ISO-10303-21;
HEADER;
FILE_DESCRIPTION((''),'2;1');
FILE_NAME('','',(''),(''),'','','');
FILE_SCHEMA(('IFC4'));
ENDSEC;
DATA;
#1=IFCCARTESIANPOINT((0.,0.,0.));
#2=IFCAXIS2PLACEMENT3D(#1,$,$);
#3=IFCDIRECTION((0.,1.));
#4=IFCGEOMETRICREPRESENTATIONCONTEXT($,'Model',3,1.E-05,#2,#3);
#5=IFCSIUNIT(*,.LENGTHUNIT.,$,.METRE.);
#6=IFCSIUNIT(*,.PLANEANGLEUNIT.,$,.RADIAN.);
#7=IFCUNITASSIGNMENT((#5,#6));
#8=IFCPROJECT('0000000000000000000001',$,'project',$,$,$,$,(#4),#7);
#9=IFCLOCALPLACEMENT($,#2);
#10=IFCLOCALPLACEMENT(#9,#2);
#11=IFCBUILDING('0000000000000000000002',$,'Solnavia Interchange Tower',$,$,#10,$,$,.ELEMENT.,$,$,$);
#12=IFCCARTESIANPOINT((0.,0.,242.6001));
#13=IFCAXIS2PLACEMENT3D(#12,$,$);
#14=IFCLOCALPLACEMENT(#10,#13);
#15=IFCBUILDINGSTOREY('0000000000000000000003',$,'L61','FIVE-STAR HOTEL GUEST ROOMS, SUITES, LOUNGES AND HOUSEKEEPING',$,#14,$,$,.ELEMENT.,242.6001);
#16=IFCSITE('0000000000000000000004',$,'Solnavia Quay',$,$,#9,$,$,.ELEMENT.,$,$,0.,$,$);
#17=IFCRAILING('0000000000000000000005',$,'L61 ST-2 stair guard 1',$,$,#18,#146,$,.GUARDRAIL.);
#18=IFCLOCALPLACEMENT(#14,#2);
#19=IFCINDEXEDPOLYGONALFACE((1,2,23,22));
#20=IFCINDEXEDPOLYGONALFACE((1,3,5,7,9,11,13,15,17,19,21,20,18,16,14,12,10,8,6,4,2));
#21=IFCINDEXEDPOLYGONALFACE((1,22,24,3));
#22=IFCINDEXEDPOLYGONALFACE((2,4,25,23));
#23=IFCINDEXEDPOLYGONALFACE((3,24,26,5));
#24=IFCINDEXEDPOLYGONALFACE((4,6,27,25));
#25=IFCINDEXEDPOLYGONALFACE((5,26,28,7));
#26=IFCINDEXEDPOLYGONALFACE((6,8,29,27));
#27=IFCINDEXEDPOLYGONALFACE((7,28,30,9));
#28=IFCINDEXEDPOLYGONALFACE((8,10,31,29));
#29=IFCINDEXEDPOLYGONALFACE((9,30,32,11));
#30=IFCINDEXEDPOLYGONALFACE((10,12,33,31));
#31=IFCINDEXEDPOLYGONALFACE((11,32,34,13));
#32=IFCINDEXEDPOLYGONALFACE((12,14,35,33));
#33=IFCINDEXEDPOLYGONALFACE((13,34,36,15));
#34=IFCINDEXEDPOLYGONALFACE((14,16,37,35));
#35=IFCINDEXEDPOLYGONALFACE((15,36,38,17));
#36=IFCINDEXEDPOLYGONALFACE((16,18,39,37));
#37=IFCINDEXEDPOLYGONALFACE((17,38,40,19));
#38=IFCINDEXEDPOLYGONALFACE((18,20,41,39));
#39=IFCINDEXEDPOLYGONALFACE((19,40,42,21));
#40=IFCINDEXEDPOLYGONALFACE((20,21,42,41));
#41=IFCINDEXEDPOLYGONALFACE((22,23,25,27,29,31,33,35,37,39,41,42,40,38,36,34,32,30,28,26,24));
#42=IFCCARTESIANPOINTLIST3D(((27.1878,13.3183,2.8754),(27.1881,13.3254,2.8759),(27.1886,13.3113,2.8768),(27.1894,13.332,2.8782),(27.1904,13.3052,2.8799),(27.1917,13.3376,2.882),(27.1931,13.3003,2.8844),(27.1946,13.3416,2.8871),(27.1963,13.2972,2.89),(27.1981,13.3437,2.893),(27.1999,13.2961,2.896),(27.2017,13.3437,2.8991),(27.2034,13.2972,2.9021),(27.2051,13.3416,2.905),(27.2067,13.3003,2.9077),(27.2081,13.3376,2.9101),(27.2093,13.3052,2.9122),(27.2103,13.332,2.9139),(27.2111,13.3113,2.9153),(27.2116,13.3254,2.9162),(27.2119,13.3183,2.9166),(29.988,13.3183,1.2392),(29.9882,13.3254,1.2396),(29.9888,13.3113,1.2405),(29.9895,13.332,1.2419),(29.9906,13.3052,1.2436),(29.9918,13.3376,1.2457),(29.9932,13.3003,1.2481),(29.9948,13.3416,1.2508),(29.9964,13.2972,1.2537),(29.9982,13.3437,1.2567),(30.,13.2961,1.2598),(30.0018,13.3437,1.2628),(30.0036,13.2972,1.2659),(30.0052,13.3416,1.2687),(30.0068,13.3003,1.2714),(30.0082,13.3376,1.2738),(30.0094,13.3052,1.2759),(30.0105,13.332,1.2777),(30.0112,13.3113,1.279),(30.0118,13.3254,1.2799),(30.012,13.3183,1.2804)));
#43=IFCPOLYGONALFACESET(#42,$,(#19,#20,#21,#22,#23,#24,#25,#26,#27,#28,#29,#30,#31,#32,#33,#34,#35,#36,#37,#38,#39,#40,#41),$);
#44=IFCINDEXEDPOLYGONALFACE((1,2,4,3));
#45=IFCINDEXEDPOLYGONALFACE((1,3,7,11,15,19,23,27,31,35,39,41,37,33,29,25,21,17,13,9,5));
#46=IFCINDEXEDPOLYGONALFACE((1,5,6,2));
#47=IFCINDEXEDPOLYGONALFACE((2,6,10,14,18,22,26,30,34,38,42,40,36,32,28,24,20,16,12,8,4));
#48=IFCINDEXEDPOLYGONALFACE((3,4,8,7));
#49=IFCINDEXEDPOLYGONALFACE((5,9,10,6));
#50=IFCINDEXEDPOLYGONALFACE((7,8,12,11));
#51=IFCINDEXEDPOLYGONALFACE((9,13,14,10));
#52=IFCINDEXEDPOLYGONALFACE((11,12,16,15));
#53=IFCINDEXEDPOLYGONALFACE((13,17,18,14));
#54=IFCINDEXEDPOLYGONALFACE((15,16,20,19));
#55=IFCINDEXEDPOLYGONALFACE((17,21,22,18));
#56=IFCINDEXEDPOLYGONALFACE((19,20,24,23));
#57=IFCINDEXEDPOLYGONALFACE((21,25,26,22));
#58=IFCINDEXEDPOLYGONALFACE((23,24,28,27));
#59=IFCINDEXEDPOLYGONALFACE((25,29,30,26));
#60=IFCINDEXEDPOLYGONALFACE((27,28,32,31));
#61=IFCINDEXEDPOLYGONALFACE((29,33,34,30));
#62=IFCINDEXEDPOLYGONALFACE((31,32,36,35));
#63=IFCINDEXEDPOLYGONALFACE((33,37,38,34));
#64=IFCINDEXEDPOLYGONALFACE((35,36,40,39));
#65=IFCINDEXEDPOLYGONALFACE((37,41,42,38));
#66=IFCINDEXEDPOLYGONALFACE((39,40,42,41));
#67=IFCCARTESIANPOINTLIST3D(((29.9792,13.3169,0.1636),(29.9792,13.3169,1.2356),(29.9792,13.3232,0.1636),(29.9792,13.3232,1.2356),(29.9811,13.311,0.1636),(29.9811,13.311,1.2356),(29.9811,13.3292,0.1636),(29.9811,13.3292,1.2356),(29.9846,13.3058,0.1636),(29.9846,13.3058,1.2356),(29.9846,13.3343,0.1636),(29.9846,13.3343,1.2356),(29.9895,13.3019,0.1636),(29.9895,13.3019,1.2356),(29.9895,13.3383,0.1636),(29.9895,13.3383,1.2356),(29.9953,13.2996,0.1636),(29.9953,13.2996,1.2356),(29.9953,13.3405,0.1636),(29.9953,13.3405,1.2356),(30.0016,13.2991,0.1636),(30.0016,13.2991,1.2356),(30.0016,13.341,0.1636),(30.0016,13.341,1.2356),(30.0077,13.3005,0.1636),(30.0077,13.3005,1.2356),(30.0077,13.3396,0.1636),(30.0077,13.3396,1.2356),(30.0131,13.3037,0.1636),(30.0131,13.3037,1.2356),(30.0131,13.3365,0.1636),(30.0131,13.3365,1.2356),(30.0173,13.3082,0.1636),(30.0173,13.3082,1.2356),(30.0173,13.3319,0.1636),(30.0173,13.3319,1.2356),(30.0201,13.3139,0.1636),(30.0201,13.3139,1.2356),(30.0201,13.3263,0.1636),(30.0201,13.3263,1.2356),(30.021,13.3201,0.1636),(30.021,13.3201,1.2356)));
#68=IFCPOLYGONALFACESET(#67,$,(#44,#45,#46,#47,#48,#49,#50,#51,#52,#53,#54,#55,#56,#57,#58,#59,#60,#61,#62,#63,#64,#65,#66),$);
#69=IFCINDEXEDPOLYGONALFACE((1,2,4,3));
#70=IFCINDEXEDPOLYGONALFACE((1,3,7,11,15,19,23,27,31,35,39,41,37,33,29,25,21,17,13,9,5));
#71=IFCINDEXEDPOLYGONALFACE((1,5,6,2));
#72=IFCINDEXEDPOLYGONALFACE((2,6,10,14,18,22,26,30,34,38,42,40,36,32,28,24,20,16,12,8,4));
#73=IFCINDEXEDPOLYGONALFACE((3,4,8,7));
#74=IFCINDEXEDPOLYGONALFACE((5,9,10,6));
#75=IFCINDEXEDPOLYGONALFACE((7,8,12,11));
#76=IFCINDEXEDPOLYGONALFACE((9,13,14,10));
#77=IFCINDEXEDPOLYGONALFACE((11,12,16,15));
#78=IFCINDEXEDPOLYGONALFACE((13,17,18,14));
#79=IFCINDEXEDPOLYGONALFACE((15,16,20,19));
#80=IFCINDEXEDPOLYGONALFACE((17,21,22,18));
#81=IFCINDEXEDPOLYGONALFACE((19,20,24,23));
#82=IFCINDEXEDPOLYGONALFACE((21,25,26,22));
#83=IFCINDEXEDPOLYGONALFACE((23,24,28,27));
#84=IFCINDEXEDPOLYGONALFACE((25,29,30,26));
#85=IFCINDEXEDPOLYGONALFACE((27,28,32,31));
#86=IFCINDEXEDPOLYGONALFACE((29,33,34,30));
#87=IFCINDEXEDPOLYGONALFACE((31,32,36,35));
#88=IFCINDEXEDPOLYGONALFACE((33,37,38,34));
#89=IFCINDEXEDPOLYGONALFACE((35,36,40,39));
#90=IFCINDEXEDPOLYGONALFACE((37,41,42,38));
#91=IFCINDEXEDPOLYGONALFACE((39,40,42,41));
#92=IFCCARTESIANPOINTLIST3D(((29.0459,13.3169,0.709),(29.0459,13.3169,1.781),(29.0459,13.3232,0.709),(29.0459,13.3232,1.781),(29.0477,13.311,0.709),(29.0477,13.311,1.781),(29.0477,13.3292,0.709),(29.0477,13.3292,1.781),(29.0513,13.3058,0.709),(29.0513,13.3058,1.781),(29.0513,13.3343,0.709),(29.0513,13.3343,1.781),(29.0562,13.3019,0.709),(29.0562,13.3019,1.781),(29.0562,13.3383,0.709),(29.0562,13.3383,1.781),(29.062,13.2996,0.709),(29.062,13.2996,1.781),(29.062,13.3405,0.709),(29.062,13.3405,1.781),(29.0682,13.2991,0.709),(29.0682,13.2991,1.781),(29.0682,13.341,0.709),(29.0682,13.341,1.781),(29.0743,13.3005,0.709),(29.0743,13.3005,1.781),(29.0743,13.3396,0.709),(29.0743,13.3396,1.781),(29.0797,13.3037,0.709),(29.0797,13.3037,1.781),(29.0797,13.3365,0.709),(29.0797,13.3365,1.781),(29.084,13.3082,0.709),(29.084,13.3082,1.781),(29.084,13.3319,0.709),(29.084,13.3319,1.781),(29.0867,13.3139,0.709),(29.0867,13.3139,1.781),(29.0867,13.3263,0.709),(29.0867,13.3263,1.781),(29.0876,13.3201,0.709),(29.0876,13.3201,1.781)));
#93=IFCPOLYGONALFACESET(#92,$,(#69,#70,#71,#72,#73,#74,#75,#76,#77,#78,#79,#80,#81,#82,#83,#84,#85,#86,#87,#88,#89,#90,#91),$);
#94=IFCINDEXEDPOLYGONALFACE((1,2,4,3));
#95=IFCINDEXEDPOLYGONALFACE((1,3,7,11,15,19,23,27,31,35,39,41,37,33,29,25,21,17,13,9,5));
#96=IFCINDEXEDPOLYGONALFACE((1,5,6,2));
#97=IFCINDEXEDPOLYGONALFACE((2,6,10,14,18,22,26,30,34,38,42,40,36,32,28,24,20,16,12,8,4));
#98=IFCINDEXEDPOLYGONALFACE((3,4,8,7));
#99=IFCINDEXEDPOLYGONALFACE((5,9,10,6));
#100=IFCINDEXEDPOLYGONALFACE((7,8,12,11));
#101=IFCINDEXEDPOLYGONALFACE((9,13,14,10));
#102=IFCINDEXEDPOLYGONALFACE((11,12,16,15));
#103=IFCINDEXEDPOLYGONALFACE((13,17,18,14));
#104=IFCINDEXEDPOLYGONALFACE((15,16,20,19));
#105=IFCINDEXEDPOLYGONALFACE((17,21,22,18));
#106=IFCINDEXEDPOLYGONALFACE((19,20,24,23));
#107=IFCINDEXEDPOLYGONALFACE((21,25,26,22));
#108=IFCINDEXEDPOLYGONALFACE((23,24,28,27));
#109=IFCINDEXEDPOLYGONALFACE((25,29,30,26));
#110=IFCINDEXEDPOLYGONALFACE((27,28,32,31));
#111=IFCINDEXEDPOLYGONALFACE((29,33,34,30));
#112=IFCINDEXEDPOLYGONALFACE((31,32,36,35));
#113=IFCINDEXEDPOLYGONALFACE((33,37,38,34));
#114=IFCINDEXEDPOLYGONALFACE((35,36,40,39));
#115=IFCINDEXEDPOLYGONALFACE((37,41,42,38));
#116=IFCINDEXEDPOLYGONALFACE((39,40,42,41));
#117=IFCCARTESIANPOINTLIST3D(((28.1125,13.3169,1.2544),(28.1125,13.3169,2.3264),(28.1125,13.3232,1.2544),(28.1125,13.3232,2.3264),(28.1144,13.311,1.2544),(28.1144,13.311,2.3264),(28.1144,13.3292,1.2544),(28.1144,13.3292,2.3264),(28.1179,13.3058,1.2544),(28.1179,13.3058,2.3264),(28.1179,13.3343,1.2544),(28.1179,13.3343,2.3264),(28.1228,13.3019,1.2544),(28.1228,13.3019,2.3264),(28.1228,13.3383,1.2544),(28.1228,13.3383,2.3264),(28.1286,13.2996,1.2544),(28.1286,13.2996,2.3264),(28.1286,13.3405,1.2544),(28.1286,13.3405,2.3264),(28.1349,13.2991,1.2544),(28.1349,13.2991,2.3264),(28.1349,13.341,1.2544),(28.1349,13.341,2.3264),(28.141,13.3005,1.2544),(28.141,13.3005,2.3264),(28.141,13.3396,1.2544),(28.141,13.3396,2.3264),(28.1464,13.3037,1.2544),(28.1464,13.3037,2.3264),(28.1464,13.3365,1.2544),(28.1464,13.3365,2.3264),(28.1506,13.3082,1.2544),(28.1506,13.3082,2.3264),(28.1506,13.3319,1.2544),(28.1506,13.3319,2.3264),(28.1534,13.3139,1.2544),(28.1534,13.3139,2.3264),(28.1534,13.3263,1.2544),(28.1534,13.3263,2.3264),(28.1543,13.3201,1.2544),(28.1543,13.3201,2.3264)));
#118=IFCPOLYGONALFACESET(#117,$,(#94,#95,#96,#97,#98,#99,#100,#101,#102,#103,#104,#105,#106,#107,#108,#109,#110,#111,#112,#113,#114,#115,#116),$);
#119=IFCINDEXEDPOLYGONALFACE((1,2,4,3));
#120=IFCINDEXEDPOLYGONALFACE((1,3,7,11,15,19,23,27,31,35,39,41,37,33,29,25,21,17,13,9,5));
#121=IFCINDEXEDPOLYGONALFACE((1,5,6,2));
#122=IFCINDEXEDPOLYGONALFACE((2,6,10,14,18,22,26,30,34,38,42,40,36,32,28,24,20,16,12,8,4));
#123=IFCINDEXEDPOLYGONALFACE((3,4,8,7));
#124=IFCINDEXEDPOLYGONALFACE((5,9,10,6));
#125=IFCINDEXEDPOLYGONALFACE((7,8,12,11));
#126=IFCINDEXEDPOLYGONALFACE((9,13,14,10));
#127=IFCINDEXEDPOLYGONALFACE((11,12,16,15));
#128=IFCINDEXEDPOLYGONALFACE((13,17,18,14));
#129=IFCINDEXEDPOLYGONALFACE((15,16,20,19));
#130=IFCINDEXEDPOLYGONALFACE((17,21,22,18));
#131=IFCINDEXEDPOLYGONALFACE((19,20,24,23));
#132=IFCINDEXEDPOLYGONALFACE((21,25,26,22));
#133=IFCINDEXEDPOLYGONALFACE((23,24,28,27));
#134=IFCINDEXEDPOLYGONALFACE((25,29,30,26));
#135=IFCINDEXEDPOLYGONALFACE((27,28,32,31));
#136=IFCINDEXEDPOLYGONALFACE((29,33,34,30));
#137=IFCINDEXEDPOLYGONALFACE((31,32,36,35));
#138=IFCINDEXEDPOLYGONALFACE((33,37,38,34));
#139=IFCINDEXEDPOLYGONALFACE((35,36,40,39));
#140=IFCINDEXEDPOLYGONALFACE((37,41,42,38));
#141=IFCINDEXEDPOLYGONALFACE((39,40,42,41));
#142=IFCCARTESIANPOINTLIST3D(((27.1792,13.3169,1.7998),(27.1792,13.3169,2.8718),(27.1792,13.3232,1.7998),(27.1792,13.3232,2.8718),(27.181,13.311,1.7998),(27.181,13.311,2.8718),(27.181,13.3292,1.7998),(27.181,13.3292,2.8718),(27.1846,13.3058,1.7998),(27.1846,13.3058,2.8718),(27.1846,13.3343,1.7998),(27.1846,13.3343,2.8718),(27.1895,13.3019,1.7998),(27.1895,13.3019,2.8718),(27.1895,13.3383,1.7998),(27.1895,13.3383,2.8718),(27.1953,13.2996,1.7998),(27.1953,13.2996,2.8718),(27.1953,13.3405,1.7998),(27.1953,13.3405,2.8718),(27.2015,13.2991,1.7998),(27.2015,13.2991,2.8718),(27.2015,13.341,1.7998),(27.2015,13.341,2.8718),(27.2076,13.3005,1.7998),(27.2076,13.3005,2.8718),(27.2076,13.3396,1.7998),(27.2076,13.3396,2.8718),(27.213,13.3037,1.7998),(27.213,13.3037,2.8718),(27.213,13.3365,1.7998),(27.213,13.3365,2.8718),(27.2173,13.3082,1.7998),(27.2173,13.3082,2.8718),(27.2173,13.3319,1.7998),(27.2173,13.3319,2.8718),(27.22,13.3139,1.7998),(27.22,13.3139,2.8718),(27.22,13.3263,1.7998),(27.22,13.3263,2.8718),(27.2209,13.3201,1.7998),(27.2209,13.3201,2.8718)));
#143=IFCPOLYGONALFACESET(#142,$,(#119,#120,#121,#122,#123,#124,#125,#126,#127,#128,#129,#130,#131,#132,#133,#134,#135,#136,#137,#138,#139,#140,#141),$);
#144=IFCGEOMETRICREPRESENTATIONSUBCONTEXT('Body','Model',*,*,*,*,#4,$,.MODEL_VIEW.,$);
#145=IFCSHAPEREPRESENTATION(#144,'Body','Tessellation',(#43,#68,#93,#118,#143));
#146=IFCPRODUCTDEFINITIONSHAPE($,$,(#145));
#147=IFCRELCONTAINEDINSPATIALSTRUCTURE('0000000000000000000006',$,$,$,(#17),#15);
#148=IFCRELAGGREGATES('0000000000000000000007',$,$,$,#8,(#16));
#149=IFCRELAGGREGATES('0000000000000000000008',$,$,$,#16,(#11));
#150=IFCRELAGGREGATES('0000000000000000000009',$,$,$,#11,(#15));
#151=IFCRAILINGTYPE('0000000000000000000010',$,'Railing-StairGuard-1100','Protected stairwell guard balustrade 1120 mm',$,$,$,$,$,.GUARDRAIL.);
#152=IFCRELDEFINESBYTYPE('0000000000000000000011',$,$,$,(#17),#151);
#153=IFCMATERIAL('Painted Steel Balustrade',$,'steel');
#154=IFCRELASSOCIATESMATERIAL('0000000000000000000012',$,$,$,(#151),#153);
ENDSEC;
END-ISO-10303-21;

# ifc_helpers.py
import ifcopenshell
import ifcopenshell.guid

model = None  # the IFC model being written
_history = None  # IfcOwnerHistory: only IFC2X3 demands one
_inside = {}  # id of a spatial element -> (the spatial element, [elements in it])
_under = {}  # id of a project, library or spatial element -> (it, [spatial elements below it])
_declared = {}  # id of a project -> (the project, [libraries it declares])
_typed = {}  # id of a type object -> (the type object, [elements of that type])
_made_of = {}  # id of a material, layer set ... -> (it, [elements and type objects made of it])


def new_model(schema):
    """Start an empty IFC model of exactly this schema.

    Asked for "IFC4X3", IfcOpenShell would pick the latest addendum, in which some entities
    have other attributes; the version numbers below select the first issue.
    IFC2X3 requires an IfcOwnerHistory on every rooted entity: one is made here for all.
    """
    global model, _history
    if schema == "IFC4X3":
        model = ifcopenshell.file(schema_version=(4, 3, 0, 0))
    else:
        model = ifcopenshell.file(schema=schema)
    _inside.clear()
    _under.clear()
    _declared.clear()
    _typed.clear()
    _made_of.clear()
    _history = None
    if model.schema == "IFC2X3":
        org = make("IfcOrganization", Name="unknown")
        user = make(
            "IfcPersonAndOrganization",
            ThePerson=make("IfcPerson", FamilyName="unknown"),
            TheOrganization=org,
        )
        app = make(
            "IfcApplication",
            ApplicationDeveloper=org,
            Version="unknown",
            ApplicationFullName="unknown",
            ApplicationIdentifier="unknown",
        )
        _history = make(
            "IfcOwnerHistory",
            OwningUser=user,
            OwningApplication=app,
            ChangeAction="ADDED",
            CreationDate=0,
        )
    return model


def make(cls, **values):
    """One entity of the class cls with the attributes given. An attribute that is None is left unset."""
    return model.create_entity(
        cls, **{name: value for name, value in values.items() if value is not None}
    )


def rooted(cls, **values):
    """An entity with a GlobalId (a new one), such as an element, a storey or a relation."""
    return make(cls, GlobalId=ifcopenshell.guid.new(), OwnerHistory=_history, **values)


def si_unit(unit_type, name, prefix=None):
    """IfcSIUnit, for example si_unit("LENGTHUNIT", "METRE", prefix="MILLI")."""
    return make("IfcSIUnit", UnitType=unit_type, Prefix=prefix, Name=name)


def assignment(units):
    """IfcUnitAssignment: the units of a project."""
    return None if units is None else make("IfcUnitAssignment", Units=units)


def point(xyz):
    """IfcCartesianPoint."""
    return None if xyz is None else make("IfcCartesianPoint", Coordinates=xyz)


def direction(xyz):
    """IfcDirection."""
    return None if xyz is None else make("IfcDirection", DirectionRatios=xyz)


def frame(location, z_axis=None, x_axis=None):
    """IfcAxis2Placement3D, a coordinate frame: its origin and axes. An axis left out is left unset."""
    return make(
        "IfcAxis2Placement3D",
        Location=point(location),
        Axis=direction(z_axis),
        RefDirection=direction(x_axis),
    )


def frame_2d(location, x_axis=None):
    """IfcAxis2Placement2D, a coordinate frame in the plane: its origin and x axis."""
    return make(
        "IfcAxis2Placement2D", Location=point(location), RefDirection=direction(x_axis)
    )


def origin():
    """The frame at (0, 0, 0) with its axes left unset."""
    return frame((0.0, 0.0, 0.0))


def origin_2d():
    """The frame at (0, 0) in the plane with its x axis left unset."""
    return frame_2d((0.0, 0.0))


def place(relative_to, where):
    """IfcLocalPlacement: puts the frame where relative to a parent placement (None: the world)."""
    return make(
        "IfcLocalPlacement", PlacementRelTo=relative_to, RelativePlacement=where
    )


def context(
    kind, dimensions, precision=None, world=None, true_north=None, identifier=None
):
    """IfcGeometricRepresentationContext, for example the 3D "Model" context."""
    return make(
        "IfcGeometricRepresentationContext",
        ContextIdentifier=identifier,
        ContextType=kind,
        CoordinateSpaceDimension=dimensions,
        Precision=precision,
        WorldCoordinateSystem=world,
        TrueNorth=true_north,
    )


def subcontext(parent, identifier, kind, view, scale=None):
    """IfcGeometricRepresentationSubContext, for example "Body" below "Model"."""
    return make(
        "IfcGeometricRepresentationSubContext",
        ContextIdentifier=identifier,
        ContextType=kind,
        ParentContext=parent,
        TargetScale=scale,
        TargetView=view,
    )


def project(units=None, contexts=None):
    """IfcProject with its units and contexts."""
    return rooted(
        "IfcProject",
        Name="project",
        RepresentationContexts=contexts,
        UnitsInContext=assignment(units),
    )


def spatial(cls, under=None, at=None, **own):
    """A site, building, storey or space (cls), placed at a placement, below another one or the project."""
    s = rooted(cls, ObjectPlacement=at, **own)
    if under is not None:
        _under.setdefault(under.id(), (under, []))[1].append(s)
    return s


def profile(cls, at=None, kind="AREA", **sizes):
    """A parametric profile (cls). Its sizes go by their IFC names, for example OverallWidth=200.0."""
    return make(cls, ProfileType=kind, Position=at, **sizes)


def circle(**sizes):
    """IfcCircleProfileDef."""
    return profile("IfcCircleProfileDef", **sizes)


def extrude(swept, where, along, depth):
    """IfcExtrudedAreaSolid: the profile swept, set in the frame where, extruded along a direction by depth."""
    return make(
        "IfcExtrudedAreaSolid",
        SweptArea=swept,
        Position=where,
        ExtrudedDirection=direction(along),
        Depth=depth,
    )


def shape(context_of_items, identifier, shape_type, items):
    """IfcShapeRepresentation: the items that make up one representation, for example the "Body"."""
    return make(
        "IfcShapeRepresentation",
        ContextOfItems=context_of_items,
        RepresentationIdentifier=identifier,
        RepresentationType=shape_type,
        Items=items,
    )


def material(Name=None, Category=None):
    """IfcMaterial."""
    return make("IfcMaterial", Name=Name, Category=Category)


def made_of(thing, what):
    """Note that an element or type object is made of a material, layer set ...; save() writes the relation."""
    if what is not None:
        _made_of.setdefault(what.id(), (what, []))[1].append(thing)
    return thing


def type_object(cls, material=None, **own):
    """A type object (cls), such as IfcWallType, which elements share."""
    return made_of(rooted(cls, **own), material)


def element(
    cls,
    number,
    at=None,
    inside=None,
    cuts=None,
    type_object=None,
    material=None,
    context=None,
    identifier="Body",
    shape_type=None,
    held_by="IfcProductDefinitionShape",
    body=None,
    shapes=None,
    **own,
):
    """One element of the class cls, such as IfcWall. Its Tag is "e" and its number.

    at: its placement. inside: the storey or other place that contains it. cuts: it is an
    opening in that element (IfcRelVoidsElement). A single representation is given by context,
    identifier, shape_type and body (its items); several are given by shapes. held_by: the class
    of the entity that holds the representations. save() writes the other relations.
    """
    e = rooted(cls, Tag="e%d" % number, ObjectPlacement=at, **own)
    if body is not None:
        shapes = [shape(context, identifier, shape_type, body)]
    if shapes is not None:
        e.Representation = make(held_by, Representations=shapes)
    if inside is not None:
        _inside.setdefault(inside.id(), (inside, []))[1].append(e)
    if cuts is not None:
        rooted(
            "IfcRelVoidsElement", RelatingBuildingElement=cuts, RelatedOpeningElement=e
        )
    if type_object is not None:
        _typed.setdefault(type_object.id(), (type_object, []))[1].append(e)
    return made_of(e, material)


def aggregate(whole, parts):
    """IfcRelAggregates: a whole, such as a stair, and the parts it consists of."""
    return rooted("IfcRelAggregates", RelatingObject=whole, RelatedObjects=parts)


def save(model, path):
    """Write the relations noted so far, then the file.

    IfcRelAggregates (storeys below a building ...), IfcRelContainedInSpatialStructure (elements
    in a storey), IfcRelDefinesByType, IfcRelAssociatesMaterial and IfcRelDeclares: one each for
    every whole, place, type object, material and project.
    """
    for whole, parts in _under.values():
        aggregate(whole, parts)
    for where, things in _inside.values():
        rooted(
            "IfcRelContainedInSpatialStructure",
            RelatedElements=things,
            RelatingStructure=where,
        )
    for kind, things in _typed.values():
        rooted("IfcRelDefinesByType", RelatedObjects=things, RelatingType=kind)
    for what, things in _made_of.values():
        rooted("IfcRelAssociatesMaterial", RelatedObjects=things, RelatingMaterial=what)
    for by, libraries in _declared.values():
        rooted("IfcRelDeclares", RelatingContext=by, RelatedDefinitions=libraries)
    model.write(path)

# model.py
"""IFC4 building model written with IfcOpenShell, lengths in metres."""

from ifc_helpers import new_model, si_unit, direction, frame, origin, origin_2d, place, context, subcontext, project, spatial, circle, extrude, material, type_object, element, save


model = new_model("IFC4")

# Units and contexts
model_context = context("Model", 3, precision=1e-05, world=origin(), true_north=direction((0.0, 1.0)))
body_context = subcontext(model_context, "Body", "Model", "MODEL_VIEW")
ifc_project = project(units=[si_unit("LENGTHUNIT", "METRE"), si_unit("PLANEANGLEUNIT", "RADIAN")], contexts=[model_context])

# Site, building, storey
site_placement = place(None, origin())
site = spatial("IfcSite", under=ifc_project, at=site_placement, Name="Solnavia Quay", CompositionType="ELEMENT", RefElevation=0.0)
building_placement = place(site_placement, origin())
building = spatial("IfcBuilding", under=site, at=building_placement, Name="Solnavia Interchange Tower", CompositionType="ELEMENT")
storey_placement = place(building_placement, frame((0.0, 0.0, 242.6001)))
storey = spatial("IfcBuildingStorey", under=building, at=storey_placement, Name="L61", Description="FIVE-STAR HOTEL GUEST ROOMS, SUITES, LOUNGES AND HOUSEKEEPING", CompositionType="ELEMENT", Elevation=242.6001)

# Railing
ifc_material_1 = material(Name="Painted Steel Balustrade", Category="steel")
railing_type_1 = type_object("IfcRailingType", Name="Railing-StairGuard-1100", Description="Protected stairwell guard balustrade 1120 mm", PredefinedType="GUARDRAIL", material=ifc_material_1)
railing_1_placement = place(storey_placement, frame((30.0, 13.3201, 0.1636)))
element("IfcRailing", 1, at=railing_1_placement, inside=storey, type_object=railing_type_1, Name="L61 ST-2 stair guard 1", PredefinedType="GUARDRAIL", context=body_context, shape_type="SweptSolid", body=[
    extrude(circle(Radius=0.0239, at=origin_2d()), frame((0.0, 0.0, 1.0962), z_axis=(-0.863394, 0.0, 0.504531), x_axis=(0.0, -1.0, 0.0)), (0.0, 0.0, 1.0), 3.2432),
    extrude(circle(Radius=0.021, at=origin_2d()), origin(), (0.0, 0.0, 1.0), 1.072),
    extrude(circle(Radius=0.021, at=origin_2d()), frame((-0.9333, 0.0, 0.5454)), (0.0, 0.0, 1.0), 1.072),
    extrude(circle(Radius=0.021, at=origin_2d()), frame((-1.8667, 0.0, 1.0908)), (0.0, 0.0, 1.0), 1.072),
    extrude(circle(Radius=0.021, at=origin_2d()), frame((-2.8, 0.0, 1.6362)), (0.0, 0.0, 1.0), 1.072),
])

save(model, "model.ifc")
